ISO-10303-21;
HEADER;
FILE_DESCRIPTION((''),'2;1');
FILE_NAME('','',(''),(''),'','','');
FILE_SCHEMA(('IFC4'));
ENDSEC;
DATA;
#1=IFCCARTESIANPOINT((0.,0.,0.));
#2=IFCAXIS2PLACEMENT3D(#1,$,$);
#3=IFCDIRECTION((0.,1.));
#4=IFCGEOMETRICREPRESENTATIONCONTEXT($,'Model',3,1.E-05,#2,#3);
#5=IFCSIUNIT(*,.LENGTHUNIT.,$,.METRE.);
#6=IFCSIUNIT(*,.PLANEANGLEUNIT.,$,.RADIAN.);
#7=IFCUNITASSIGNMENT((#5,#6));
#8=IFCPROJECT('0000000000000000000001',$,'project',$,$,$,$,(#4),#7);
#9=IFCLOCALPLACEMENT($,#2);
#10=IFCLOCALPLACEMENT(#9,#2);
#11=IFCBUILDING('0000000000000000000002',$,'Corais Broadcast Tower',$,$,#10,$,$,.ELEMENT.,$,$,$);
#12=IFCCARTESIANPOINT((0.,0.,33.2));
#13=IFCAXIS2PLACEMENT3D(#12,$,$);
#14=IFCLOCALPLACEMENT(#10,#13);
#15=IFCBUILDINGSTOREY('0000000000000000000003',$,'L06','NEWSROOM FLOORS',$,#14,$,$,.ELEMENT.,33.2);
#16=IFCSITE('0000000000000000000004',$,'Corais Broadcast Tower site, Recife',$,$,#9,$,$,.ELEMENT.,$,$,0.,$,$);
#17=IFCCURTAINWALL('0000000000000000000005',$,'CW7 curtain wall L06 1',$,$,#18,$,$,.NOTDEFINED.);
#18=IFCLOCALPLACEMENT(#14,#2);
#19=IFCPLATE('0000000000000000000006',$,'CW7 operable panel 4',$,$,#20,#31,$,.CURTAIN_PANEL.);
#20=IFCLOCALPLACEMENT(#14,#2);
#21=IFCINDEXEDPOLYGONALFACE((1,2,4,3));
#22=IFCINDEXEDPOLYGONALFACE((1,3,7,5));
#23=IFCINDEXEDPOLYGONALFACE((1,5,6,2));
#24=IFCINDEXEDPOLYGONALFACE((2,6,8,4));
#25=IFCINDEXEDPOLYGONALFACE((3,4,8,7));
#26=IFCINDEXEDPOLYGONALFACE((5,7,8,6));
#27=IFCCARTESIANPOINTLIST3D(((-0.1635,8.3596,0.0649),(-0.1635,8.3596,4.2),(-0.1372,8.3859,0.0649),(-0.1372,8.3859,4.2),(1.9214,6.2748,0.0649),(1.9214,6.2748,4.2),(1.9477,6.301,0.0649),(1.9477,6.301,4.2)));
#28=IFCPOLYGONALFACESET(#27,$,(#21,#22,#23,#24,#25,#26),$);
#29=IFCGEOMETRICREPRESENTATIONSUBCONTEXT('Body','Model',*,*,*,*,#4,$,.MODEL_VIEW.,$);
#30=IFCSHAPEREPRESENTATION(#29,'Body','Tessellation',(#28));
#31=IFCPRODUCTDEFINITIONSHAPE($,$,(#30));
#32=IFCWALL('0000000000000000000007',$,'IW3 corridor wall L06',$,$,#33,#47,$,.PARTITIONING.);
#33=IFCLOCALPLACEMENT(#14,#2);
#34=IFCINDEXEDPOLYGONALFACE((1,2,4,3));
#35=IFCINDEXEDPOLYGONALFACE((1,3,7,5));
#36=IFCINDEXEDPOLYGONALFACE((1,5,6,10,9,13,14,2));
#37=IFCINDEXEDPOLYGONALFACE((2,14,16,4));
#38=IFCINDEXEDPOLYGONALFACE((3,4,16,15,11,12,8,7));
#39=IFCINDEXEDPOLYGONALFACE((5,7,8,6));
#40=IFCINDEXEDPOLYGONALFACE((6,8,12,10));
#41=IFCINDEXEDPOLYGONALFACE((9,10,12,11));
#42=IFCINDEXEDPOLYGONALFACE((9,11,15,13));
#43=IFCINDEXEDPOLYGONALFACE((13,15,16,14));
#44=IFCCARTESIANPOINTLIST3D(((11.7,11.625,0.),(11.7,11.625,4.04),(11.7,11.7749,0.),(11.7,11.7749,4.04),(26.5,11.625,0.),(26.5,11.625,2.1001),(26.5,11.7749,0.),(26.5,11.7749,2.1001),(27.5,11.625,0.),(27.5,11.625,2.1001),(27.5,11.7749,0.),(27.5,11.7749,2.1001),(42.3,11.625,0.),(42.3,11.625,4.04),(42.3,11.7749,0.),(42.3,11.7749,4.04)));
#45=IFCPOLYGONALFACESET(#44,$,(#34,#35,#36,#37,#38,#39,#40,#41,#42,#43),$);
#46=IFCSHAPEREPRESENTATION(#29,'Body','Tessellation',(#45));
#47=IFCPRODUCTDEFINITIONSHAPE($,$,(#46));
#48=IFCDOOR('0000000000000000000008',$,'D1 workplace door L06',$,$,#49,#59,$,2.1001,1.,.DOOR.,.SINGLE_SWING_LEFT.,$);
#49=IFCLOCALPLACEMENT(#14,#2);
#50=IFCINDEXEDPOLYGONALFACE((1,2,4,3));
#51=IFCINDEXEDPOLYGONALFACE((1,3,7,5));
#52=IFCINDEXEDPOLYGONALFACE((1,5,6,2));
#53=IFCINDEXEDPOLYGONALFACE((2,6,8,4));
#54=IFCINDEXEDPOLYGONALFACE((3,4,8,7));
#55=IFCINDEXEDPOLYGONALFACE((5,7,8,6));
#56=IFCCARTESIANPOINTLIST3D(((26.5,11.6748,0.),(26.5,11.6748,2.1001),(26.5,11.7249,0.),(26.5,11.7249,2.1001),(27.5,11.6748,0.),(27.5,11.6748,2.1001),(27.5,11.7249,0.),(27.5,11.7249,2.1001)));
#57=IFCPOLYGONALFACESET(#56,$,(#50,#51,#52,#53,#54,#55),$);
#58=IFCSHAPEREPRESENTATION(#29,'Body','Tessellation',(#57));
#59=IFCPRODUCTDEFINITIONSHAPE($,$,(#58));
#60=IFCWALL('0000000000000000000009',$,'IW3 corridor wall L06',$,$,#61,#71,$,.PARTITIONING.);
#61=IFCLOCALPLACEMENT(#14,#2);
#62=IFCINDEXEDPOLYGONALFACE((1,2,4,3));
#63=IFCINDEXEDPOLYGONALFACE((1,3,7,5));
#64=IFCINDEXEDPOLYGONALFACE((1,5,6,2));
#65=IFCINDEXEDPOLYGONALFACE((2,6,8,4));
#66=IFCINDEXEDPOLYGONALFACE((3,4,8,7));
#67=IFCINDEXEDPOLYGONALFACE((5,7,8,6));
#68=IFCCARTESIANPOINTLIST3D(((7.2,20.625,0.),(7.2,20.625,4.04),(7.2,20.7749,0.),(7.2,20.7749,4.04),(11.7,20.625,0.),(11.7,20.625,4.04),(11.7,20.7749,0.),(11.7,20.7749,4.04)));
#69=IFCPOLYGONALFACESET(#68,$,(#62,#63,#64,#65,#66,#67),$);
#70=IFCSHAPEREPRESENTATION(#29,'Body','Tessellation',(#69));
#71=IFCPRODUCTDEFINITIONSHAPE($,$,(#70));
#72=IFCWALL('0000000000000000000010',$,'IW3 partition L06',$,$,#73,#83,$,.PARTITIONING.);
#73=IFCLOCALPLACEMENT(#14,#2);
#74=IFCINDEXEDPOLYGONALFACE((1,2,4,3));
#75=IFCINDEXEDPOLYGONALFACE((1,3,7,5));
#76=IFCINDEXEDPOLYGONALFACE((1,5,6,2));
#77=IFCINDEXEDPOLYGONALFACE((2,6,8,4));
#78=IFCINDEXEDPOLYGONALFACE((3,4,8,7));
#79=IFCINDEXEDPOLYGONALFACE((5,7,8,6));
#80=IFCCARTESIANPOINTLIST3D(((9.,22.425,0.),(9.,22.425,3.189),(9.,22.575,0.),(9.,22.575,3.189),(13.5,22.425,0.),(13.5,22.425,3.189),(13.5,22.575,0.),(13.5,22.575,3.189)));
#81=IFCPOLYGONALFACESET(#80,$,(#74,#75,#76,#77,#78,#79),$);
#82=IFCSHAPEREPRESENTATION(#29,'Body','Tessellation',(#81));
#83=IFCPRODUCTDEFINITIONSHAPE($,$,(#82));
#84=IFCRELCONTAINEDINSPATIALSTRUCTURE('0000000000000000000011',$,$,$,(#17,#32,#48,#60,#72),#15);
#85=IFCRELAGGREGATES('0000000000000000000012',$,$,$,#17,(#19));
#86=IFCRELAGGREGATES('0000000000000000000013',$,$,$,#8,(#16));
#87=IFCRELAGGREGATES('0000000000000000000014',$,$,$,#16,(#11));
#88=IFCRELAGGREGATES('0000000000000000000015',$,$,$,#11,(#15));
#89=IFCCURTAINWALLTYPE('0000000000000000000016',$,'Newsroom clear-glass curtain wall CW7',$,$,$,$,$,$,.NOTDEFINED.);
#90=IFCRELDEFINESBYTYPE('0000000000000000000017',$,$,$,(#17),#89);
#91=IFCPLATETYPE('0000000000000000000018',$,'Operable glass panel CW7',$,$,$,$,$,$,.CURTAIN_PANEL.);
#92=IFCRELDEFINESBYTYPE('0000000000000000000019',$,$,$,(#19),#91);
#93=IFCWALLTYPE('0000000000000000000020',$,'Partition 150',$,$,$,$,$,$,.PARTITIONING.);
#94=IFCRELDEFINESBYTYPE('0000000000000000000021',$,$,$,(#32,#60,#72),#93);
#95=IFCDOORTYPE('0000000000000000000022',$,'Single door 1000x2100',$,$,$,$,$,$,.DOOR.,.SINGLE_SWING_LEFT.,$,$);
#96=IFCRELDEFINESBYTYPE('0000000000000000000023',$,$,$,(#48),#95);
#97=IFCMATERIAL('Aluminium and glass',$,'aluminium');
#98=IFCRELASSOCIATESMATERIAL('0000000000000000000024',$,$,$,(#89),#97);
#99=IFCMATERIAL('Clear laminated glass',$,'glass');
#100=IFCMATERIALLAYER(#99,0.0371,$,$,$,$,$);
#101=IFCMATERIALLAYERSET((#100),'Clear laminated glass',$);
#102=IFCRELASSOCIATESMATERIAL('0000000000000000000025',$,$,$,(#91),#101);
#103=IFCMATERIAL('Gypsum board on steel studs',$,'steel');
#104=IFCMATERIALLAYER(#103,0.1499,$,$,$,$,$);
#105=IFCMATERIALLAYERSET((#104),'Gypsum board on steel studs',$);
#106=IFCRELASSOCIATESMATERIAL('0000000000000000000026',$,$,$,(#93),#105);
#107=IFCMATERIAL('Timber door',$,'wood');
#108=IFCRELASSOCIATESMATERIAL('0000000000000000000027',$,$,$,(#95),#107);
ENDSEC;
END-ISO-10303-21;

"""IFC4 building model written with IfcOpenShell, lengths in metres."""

from ifc_helpers import new_model, si_unit, direction, frame, frame_2d, origin, origin_2d, place, context, subcontext, project, spatial, rectangle, extrude, material, layer, layer_set, type_object, element, fill, aggregate, save


model = new_model("IFC4")

# Units and contexts
model_context = context("Model", 3, precision=1e-05, world=origin(), true_north=direction((0.0, 1.0)))
body_context = subcontext(model_context, "Body", "Model", "MODEL_VIEW")
ifc_project = project(units=[si_unit("LENGTHUNIT", "METRE"), si_unit("PLANEANGLEUNIT", "RADIAN")], contexts=[model_context])

# Site, building, storey
site_placement = place(None, origin())
site = spatial("IfcSite", under=ifc_project, at=site_placement, Name="Corais Broadcast Tower site, Recife", CompositionType="ELEMENT", RefElevation=0.0)
building_placement = place(site_placement, origin())
building = spatial("IfcBuilding", under=site, at=building_placement, Name="Corais Broadcast Tower", CompositionType="ELEMENT")
storey_placement = place(building_placement, frame((0.0, 0.0, 33.2)))
storey = spatial("IfcBuildingStorey", under=building, at=storey_placement, Name="L06", Description="NEWSROOM FLOORS", CompositionType="ELEMENT", Elevation=33.2)

# Curtain wall
ifc_material_1 = material(Name="Aluminium and glass", Category="aluminium")
curtain_wall_type = type_object("IfcCurtainWallType", Name="Newsroom clear-glass curtain wall CW7", PredefinedType="NOTDEFINED", material=ifc_material_1)
curtain_wall_placement = place(storey_placement, origin())
curtain_wall = element("IfcCurtainWall", 1, at=curtain_wall_placement, inside=storey, type_object=curtain_wall_type, Name="CW7 curtain wall L06 1", PredefinedType="NOTDEFINED")

# Plate
ifc_material_2 = material(Name="Clear laminated glass", Category="glass")
ifc_layer_1 = layer(ifc_material_2, 0.0371)
ifc_layer_set_1 = layer_set([ifc_layer_1], Name="Clear laminated glass")
plate_type_1 = type_object("IfcPlateType", Name="Operable glass panel CW7", PredefinedType="CURTAIN_PANEL", material=ifc_layer_set_1)
plate_1_placement = place(storey_placement, frame((0.8921, 7.3303, 0.0649), z_axis=(0.0, 0.0, 1.0), x_axis=(-0.707107, 0.707107, 0.0)))
plate_1 = element("IfcPlate", 2, at=plate_1_placement, type_object=plate_type_1, Name="CW7 operable panel 4", PredefinedType="CURTAIN_PANEL", context=body_context, shape_type="SweptSolid", body=[
    extrude(rectangle(XDim=2.9485, YDim=0.0371, at=origin_2d()), origin(), (0.0, 0.0, 1.0), 4.135),
])
aggregate(curtain_wall, [plate_1])

# Wall, opening, door
ifc_material_3 = material(Name="Gypsum board on steel studs", Category="steel")
ifc_layer_2 = layer(ifc_material_3, 0.1499)
ifc_layer_set_2 = layer_set([ifc_layer_2], Name="Gypsum board on steel studs")
wall_type = type_object("IfcWallType", Name="Partition 150", PredefinedType="PARTITIONING", material=ifc_layer_set_2)
wall_1_placement = place(storey_placement, frame((11.7, 11.7, 0.0), z_axis=(0.0, 0.0, 1.0), x_axis=(1.0, 0.0, 0.0)))
wall_1 = element("IfcWall", 3, at=wall_1_placement, inside=storey, type_object=wall_type, Name="IW3 corridor wall L06", PredefinedType="PARTITIONING", context=body_context, shape_type="SweptSolid", body=[
    extrude(rectangle(XDim=30.6001, YDim=0.1499, at=frame_2d((15.3, 0.0))), origin(), (0.0, 0.0, 1.0), 4.04),
])
opening_placement = place(wall_1_placement, frame((14.8, 0.0, 0.0)))
opening = element("IfcOpeningElement", 4, at=opening_placement, cuts=wall_1, PredefinedType="OPENING", context=body_context, shape_type="SweptSolid", body=[
    extrude(rectangle(XDim=1.0, YDim=2.1001, at=frame_2d((0.5, 1.05))), frame((0.0, 0.085, 0.0), z_axis=(0.0, -1.0, 0.0), x_axis=(1.0, 0.0, 0.0)), (0.0, 0.0, 1.0), 0.1699),
])
ifc_material_4 = material(Name="Timber door", Category="wood")
door_type = type_object("IfcDoorType", Name="Single door 1000x2100", OperationType="SINGLE_SWING_LEFT", PredefinedType="DOOR", material=ifc_material_4)
door_placement = place(opening_placement, origin())
door = element("IfcDoor", 5, at=door_placement, inside=storey, type_object=door_type, Name="D1 workplace door L06", OperationType="SINGLE_SWING_LEFT", OverallHeight=2.1001, OverallWidth=1.0, PredefinedType="DOOR", context=body_context, shape_type="SweptSolid", body=[
    extrude(rectangle(XDim=1.0, YDim=2.1001, at=frame_2d((0.5, 1.05))), frame((0.0, 0.0249, 0.0), z_axis=(0.0, -1.0, 0.0), x_axis=(1.0, 0.0, 0.0)), (0.0, 0.0, 1.0), 0.05),
])
fill(opening, door)

# Walls
wall_2_placement = place(storey_placement, frame((7.2, 20.7, 0.0), z_axis=(0.0, 0.0, 1.0), x_axis=(1.0, 0.0, 0.0)))
element("IfcWall", 6, at=wall_2_placement, inside=storey, type_object=wall_type, Name="IW3 corridor wall L06", PredefinedType="PARTITIONING", context=body_context, shape_type="SweptSolid", body=[
    extrude(rectangle(XDim=4.5, YDim=0.1499, at=frame_2d((2.25, 0.0))), origin(), (0.0, 0.0, 1.0), 4.04),
])
wall_3_placement = place(storey_placement, frame((9.0, 22.5, 0.0), z_axis=(0.0, 0.0, 1.0), x_axis=(1.0, 0.0, 0.0)))
element("IfcWall", 7, at=wall_3_placement, inside=storey, type_object=wall_type, Name="IW3 partition L06", PredefinedType="PARTITIONING", context=body_context, shape_type="SweptSolid", body=[
    extrude(rectangle(XDim=4.5, YDim=0.1499, at=frame_2d((2.25, 0.0))), origin(), (0.0, 0.0, 1.0), 3.189),
])

save(model, "model.ifc")
